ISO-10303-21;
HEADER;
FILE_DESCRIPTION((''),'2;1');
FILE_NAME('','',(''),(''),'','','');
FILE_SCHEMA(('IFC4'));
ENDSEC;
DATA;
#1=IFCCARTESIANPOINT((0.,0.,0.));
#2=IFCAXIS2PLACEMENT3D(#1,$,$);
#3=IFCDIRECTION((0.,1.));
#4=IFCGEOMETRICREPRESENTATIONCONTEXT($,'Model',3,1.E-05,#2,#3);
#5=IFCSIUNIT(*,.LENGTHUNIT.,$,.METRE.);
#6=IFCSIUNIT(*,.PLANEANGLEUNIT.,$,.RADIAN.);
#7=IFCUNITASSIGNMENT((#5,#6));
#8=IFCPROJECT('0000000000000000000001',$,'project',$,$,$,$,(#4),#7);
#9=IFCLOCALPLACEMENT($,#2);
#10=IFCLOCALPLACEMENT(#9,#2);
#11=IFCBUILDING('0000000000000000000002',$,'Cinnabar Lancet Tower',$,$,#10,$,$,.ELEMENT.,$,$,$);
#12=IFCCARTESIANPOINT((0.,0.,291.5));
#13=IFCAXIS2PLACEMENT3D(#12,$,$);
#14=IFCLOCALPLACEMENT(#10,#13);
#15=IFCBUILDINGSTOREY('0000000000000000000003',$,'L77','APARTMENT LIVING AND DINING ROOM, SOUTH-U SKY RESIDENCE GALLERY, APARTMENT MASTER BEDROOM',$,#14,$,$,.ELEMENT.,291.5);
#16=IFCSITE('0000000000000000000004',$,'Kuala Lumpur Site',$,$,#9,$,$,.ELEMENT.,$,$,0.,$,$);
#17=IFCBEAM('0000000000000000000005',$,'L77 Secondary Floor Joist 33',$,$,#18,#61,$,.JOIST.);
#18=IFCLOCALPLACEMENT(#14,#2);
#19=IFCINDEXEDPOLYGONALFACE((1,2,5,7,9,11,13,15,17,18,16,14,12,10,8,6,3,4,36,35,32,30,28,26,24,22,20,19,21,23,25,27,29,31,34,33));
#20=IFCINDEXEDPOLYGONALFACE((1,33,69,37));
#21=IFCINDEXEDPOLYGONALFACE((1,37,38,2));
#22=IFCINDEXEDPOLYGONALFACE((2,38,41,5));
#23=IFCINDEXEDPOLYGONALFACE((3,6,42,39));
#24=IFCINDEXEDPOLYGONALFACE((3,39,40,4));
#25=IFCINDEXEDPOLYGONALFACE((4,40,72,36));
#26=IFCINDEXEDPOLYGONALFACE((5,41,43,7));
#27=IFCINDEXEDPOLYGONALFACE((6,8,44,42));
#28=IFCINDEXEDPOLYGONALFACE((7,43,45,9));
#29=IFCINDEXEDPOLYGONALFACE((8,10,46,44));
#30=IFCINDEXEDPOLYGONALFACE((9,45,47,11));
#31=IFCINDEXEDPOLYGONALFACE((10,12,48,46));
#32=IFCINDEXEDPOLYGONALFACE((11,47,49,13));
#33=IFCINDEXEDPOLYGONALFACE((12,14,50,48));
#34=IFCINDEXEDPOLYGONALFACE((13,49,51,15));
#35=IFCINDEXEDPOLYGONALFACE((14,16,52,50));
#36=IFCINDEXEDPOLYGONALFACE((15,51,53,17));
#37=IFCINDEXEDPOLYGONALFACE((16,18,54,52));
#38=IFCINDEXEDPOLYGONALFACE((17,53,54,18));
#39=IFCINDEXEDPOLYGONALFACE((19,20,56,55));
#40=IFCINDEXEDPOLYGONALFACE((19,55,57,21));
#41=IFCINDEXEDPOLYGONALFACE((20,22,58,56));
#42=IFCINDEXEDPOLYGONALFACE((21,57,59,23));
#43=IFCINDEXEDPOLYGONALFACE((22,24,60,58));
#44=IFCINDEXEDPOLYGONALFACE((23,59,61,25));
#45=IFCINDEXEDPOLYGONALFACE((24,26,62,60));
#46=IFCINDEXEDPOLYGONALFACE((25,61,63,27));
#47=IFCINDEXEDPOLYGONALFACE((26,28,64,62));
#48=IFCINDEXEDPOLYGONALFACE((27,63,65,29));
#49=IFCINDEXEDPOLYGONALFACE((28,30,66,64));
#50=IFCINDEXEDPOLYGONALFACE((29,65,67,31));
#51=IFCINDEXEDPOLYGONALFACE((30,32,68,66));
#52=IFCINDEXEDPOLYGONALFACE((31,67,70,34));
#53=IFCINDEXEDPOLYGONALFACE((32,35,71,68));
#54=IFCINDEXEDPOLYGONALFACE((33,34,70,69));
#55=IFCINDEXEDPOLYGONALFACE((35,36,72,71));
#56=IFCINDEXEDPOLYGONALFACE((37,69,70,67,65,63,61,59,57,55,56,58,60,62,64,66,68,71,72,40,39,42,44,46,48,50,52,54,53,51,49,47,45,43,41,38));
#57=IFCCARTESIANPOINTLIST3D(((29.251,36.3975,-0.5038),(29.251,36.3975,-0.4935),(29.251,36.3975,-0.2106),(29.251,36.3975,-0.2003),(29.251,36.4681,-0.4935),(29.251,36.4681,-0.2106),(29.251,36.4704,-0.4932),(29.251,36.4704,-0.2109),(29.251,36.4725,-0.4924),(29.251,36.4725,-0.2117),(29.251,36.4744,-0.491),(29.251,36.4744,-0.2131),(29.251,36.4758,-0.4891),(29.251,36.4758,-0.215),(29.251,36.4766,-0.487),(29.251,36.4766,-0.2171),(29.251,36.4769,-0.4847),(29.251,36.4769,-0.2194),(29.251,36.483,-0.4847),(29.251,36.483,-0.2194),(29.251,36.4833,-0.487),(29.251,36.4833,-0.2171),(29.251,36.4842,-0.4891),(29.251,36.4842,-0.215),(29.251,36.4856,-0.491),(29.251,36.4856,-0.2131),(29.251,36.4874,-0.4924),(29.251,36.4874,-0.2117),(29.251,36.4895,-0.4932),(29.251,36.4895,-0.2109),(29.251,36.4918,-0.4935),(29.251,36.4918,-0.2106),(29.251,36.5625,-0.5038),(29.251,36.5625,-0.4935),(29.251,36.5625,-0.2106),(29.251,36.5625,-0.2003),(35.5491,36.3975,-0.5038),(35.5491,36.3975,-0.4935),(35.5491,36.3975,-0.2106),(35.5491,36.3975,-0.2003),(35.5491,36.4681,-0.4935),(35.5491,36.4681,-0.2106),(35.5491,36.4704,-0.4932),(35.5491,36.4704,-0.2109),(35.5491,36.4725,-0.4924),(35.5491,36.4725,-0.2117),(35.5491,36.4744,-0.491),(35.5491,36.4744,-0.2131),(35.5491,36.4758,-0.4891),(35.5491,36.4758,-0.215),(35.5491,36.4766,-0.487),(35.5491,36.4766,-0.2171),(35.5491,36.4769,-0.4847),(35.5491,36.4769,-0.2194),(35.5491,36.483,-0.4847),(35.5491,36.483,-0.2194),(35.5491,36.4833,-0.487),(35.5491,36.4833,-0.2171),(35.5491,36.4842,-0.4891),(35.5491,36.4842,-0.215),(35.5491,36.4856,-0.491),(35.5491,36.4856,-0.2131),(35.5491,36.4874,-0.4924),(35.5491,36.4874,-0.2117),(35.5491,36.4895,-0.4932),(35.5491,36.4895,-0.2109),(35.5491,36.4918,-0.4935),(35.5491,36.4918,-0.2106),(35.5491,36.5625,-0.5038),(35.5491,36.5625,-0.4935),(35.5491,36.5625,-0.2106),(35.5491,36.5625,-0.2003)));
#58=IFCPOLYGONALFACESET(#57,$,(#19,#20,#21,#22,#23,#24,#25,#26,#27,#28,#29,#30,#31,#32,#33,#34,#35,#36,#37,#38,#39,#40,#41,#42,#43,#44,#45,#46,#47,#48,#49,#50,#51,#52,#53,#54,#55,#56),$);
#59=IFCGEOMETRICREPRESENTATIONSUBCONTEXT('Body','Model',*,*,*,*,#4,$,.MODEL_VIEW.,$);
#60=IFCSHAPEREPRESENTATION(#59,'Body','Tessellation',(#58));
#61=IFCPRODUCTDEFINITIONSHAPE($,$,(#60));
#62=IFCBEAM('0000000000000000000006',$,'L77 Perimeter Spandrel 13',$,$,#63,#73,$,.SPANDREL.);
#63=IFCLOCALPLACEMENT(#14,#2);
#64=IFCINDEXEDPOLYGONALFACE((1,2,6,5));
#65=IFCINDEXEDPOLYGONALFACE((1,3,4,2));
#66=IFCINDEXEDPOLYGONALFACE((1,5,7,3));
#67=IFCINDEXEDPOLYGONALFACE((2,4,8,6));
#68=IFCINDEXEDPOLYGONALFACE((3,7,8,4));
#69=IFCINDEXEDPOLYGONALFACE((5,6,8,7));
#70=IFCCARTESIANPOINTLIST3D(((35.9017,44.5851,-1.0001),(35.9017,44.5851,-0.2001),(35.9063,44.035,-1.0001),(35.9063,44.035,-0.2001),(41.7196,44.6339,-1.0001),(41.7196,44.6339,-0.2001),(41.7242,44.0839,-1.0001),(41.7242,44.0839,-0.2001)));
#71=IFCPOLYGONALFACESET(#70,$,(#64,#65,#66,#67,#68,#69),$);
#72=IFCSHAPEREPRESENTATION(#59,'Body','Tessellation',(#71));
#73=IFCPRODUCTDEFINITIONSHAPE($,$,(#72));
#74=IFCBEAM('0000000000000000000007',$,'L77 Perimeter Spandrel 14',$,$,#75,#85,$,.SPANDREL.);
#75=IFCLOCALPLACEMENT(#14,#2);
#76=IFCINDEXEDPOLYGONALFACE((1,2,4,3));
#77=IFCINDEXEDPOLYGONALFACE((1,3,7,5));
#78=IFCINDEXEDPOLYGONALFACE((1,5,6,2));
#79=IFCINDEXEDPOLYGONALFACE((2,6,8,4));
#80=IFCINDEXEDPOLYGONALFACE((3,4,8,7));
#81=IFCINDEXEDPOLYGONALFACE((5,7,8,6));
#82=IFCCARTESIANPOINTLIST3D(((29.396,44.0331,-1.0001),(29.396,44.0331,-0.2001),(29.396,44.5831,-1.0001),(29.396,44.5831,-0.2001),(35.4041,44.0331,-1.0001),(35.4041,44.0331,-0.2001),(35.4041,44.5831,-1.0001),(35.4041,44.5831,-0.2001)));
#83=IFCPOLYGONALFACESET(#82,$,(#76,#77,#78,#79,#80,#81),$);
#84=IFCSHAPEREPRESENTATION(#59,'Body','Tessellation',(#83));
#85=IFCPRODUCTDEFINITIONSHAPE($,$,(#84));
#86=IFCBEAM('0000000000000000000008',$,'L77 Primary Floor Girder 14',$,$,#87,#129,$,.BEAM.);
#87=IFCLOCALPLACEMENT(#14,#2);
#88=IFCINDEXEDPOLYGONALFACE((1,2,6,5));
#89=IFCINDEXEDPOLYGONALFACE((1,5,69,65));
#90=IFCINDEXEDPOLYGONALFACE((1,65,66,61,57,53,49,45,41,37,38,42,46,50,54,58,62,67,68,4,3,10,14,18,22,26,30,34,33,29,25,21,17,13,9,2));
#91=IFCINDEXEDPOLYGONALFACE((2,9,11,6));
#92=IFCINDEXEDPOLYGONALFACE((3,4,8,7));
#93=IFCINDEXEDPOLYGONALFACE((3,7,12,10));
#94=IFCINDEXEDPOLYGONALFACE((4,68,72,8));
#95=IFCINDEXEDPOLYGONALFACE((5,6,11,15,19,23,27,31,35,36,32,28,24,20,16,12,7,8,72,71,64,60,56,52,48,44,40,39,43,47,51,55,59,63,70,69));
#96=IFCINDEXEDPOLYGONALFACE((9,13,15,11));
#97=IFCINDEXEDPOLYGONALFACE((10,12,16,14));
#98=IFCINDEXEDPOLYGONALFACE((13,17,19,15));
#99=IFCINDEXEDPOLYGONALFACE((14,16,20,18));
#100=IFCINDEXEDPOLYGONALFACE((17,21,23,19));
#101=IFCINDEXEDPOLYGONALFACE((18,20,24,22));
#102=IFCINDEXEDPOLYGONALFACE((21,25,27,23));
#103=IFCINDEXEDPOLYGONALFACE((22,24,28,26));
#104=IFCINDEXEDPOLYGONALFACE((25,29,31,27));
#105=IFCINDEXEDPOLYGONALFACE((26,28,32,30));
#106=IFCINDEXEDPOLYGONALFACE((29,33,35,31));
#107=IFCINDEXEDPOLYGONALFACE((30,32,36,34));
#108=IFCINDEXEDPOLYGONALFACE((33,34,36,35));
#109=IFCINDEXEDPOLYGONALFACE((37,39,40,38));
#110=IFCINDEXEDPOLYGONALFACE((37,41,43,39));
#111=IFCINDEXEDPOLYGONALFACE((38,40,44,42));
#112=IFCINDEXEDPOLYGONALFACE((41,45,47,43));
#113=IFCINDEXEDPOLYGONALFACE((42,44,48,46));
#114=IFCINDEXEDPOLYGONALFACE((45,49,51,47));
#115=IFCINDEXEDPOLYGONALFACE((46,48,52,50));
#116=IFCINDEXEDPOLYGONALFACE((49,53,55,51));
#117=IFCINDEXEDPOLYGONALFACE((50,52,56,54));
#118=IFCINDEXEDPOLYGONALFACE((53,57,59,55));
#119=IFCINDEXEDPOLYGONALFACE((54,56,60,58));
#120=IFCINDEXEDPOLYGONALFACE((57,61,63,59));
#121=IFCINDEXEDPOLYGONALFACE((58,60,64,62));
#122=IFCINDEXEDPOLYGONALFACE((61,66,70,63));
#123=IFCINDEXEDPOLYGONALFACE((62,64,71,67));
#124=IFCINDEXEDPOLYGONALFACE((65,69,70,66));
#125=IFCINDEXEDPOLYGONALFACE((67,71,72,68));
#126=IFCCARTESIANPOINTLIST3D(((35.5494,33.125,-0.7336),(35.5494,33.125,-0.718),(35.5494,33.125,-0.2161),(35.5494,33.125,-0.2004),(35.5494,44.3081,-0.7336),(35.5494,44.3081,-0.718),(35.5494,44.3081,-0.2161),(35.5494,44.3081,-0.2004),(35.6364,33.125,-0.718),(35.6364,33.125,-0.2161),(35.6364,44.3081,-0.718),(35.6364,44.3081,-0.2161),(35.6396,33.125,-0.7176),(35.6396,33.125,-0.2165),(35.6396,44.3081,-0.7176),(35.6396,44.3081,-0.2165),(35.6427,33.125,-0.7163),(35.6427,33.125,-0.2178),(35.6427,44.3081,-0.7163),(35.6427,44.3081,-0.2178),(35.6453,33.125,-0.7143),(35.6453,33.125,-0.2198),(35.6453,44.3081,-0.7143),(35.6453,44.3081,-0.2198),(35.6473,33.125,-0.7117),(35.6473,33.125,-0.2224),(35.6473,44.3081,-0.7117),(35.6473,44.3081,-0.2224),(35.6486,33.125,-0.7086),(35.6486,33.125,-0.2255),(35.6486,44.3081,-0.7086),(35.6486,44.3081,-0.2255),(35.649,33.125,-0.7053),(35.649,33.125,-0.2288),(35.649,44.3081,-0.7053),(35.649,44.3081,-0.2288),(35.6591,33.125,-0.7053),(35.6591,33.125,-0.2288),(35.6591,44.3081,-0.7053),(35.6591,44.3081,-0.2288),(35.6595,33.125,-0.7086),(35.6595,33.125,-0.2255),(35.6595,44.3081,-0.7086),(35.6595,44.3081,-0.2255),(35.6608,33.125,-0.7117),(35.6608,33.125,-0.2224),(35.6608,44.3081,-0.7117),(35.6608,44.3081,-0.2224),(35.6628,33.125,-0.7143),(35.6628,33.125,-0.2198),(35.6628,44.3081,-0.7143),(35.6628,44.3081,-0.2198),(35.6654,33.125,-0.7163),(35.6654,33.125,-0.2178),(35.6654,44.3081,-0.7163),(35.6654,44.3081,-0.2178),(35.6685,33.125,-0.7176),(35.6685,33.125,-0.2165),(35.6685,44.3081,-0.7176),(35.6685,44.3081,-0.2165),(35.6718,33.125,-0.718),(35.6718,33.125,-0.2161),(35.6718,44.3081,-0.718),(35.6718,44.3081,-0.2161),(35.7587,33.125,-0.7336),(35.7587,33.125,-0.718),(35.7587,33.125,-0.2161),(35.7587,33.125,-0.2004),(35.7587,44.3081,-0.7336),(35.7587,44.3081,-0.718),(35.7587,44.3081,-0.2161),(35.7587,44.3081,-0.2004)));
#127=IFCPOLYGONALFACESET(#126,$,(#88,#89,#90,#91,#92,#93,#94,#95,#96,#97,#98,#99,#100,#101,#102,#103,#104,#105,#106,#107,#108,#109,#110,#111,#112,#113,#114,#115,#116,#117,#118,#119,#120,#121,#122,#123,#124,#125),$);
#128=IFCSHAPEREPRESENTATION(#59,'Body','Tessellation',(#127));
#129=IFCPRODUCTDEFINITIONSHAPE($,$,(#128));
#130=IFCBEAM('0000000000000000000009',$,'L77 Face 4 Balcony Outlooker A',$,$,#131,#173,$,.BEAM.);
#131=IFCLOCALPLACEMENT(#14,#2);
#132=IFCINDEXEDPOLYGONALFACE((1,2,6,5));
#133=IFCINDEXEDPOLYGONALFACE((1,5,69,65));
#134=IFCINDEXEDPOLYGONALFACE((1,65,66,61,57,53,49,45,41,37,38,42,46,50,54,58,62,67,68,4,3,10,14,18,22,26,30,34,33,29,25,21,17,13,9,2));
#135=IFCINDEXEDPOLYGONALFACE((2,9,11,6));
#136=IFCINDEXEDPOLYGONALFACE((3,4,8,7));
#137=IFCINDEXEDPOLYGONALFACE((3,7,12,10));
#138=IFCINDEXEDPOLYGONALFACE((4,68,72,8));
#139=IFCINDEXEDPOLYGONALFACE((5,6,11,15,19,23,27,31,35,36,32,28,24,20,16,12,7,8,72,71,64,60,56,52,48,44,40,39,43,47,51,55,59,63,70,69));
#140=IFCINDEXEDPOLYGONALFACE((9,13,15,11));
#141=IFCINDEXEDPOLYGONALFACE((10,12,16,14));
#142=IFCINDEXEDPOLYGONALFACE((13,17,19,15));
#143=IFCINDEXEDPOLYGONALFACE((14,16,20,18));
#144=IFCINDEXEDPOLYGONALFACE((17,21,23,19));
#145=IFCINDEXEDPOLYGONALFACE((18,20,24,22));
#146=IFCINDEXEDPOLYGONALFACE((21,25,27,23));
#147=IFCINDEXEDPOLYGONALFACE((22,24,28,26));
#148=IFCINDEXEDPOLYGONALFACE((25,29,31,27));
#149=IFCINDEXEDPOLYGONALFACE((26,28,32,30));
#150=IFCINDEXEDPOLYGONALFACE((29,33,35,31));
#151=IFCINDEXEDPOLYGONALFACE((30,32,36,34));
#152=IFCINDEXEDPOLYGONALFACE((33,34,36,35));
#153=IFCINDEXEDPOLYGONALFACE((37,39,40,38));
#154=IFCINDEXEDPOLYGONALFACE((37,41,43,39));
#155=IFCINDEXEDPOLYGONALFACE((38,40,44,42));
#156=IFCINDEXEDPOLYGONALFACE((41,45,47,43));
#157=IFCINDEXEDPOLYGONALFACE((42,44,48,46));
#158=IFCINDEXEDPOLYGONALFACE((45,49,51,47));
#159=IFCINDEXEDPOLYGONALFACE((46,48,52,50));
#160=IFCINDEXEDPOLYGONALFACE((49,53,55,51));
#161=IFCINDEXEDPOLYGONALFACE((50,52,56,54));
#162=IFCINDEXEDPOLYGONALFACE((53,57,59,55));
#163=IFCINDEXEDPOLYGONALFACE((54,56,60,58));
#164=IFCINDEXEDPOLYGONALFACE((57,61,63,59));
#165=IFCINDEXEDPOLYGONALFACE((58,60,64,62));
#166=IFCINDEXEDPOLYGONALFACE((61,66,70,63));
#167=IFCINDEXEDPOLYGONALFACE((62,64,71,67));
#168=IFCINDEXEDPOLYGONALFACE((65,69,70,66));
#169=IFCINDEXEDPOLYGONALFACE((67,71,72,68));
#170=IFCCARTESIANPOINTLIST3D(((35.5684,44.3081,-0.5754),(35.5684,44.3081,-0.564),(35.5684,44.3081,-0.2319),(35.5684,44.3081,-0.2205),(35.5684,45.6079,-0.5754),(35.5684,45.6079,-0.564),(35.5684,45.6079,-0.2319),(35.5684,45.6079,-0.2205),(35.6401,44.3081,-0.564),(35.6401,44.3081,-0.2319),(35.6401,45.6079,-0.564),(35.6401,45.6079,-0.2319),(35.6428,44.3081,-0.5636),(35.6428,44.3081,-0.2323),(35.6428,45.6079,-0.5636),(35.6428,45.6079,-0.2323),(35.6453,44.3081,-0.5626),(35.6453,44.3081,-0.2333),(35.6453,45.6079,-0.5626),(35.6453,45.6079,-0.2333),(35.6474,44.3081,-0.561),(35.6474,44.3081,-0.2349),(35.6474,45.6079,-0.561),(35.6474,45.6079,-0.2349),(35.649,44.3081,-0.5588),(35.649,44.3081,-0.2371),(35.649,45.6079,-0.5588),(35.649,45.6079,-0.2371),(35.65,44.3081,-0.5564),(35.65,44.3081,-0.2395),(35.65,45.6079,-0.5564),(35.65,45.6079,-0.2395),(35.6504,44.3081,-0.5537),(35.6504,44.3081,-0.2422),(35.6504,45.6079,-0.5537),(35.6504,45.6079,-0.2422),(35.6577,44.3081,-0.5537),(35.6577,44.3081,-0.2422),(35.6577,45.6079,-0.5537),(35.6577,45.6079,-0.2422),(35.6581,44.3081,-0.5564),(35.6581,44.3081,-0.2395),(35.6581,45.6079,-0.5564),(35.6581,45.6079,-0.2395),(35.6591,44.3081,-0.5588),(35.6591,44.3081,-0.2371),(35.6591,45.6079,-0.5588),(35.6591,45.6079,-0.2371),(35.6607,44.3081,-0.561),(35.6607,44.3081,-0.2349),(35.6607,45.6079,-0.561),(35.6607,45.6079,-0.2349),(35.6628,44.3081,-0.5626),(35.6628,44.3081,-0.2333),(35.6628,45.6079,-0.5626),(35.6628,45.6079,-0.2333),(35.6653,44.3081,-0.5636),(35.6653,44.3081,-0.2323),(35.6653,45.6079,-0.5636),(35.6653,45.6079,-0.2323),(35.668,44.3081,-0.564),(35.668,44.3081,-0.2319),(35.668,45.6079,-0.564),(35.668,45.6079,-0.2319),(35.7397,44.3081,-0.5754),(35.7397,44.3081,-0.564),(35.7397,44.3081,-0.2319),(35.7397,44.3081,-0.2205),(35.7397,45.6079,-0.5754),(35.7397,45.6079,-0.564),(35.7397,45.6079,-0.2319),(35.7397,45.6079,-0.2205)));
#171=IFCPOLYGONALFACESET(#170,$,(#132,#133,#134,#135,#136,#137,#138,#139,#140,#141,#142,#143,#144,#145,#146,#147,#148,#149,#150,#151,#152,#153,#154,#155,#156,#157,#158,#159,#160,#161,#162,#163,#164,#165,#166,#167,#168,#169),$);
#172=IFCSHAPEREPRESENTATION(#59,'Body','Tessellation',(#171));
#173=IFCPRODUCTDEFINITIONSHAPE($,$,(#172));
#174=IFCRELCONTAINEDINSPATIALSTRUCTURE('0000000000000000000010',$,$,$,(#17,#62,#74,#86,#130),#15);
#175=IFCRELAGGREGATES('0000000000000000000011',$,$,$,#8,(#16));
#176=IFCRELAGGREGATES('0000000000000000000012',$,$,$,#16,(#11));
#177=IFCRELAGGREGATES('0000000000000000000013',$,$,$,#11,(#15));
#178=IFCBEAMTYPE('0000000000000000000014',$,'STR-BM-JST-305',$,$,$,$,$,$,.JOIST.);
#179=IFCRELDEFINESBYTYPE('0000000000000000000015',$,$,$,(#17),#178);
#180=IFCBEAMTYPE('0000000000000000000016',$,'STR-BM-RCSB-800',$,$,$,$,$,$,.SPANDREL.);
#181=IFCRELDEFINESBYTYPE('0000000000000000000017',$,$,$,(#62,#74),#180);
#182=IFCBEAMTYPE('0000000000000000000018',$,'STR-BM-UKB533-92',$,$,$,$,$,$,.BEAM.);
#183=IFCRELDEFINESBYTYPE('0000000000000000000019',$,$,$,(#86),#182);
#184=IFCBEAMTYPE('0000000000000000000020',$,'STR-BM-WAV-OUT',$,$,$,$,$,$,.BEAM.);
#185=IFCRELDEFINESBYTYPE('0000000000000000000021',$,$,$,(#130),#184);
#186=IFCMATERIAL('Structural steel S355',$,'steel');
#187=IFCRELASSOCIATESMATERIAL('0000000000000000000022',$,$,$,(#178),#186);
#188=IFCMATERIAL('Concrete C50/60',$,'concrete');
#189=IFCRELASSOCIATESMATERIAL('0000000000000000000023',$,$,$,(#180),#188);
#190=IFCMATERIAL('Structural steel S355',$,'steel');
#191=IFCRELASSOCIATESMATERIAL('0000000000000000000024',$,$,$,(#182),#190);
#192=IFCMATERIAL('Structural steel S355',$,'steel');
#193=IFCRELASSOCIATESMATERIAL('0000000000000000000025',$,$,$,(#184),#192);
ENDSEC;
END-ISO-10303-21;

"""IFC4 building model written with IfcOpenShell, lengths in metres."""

from ifc_helpers import new_model, si_unit, direction, frame, origin, origin_2d, place, context, subcontext, project, spatial, rectangle, i_section, extrude, material, material_profile, profile_set, type_object, element, save


model = new_model("IFC4")

# Units and contexts
model_context = context("Model", 3, precision=1e-05, world=origin(), true_north=direction((0.0, 1.0)))
body_context = subcontext(model_context, "Body", "Model", "MODEL_VIEW")
ifc_project = project(units=[si_unit("LENGTHUNIT", "METRE"), si_unit("PLANEANGLEUNIT", "RADIAN")], contexts=[model_context])

# Site, building, storey
site_placement = place(None, origin())
site = spatial("IfcSite", under=ifc_project, at=site_placement, Name="Kuala Lumpur Site", CompositionType="ELEMENT", RefElevation=0.0)
building_placement = place(site_placement, origin())
building = spatial("IfcBuilding", under=site, at=building_placement, Name="Cinnabar Lancet Tower", CompositionType="ELEMENT")
storey_placement = place(building_placement, frame((0.0, 0.0, 291.5)))
storey = spatial("IfcBuildingStorey", under=building, at=storey_placement, Name="L77", Description="APARTMENT LIVING AND DINING ROOM, SOUTH-U SKY RESIDENCE GALLERY, APARTMENT MASTER BEDROOM", CompositionType="ELEMENT", Elevation=291.5)

# Beams
ifc_material_1 = material(Name="Structural steel S355", Category="steel")
ifc_material_profile_1 = material_profile(ifc_material_1, i_section(OverallWidth=0.165, OverallDepth=0.3035, WebThickness=0.0061, FlangeThickness=0.0103, FilletRadius=0.0088, at=origin_2d()), Name="UKB 305x165x40")
ifc_profile_set_1 = profile_set([ifc_material_profile_1], Name="Structural steel S355")
beam_type_1 = type_object("IfcBeamType", Name="STR-BM-JST-305", PredefinedType="JOIST", material=ifc_profile_set_1)
for number, where, z_axis, x_axis, name in (
    (1, (35.5491, 36.48, -0.3521), (-1.0, 0.0, 0.0), (0.0, -1.0, 0.0), "L77 Secondary Floor Joist 33"),
):
    element("IfcBeam", number, at=place(storey_placement, frame(where, z_axis=z_axis, x_axis=x_axis)), inside=storey, type_object=beam_type_1, Name=name, PredefinedType="JOIST", context=body_context, shape_type="SweptSolid", body=[
        extrude(i_section(OverallWidth=0.165, OverallDepth=0.3035, WebThickness=0.0061, FlangeThickness=0.0103, FilletRadius=0.0088, at=origin_2d()), origin(), (0.0, 0.0, 1.0), 6.2981),
    ])
ifc_material_2 = material(Name="Concrete C50/60", Category="concrete")
ifc_material_profile_2 = material_profile(ifc_material_2, rectangle(XDim=0.55, YDim=0.8, at=origin_2d()), Name="RC-SB 550x800")
ifc_profile_set_2 = profile_set([ifc_material_profile_2], Name="Concrete C50/60")
beam_type_2 = type_object("IfcBeamType", Name="STR-BM-RCSB-800", PredefinedType="SPANDREL", material=ifc_profile_set_2)
beam_1_placement = place(storey_placement, frame((41.7219, 44.3589, -0.6001), z_axis=(-0.999965, -0.008392, 0.0), x_axis=(0.008392, -0.999965, 0.0)))
element("IfcBeam", 2, at=beam_1_placement, inside=storey, type_object=beam_type_2, Name="L77 Perimeter Spandrel 13", PredefinedType="SPANDREL", context=body_context, shape_type="SweptSolid", body=[
    extrude(rectangle(XDim=0.55, YDim=0.8, at=origin_2d()), origin(), (0.0, 0.0, 1.0), 5.8181),
])
beam_2_placement = place(storey_placement, frame((35.4041, 44.3081, -0.6001), z_axis=(-1.0, 0.0, 0.0), x_axis=(0.0, -1.0, 0.0)))
element("IfcBeam", 3, at=beam_2_placement, inside=storey, type_object=beam_type_2, Name="L77 Perimeter Spandrel 14", PredefinedType="SPANDREL", context=body_context, shape_type="SweptSolid", body=[
    extrude(rectangle(XDim=0.55, YDim=0.8, at=origin_2d()), origin(), (0.0, 0.0, 1.0), 6.0081),
])
ifc_material_3 = material(Name="Structural steel S355", Category="steel")
ifc_material_profile_3 = material_profile(ifc_material_3, i_section(OverallWidth=0.2092, OverallDepth=0.5332, WebThickness=0.01, FlangeThickness=0.0156, FilletRadius=0.0127, at=origin_2d()), Name="UKB 533x210x92")
ifc_profile_set_3 = profile_set([ifc_material_profile_3], Name="Structural steel S355")
beam_type_3 = type_object("IfcBeamType", Name="STR-BM-UKB533-92", PredefinedType="BEAM", material=ifc_profile_set_3)
beam_3_placement = place(storey_placement, frame((35.6541, 44.3081, -0.467), z_axis=(0.0, -1.0, 0.0), x_axis=(1.0, 0.0, 0.0)))
element("IfcBeam", 4, at=beam_3_placement, inside=storey, type_object=beam_type_3, Name="L77 Primary Floor Girder 14", PredefinedType="BEAM", context=body_context, shape_type="SweptSolid", body=[
    extrude(i_section(OverallWidth=0.2092, OverallDepth=0.5332, WebThickness=0.01, FlangeThickness=0.0156, FilletRadius=0.0127, at=origin_2d()), origin(), (0.0, 0.0, 1.0), 11.1831),
])
ifc_material_4 = material(Name="Structural steel S355", Category="steel")
ifc_material_profile_4 = material_profile(ifc_material_4, i_section(OverallWidth=0.1714, OverallDepth=0.355, WebThickness=0.0073, FlangeThickness=0.0115, FilletRadius=0.0103, at=origin_2d()), Name="UKB 356x171x51")
ifc_profile_set_4 = profile_set([ifc_material_profile_4], Name="Structural steel S355")
beam_type_4 = type_object("IfcBeamType", Name="STR-BM-WAV-OUT", PredefinedType="BEAM", material=ifc_profile_set_4)
beam_4_placement = place(storey_placement, frame((35.6541, 44.3081, -0.3979), z_axis=(0.0, 1.0, 0.0), x_axis=(-1.0, 0.0, 0.0)))
element("IfcBeam", 5, at=beam_4_placement, inside=storey, type_object=beam_type_4, Name="L77 Face 4 Balcony Outlooker A", PredefinedType="BEAM", context=body_context, shape_type="SweptSolid", body=[
    extrude(i_section(OverallWidth=0.1714, OverallDepth=0.355, WebThickness=0.0073, FlangeThickness=0.0115, FilletRadius=0.0103, at=origin_2d()), origin(), (0.0, 0.0, 1.0), 1.2998),
])

save(model, "model.ifc")
